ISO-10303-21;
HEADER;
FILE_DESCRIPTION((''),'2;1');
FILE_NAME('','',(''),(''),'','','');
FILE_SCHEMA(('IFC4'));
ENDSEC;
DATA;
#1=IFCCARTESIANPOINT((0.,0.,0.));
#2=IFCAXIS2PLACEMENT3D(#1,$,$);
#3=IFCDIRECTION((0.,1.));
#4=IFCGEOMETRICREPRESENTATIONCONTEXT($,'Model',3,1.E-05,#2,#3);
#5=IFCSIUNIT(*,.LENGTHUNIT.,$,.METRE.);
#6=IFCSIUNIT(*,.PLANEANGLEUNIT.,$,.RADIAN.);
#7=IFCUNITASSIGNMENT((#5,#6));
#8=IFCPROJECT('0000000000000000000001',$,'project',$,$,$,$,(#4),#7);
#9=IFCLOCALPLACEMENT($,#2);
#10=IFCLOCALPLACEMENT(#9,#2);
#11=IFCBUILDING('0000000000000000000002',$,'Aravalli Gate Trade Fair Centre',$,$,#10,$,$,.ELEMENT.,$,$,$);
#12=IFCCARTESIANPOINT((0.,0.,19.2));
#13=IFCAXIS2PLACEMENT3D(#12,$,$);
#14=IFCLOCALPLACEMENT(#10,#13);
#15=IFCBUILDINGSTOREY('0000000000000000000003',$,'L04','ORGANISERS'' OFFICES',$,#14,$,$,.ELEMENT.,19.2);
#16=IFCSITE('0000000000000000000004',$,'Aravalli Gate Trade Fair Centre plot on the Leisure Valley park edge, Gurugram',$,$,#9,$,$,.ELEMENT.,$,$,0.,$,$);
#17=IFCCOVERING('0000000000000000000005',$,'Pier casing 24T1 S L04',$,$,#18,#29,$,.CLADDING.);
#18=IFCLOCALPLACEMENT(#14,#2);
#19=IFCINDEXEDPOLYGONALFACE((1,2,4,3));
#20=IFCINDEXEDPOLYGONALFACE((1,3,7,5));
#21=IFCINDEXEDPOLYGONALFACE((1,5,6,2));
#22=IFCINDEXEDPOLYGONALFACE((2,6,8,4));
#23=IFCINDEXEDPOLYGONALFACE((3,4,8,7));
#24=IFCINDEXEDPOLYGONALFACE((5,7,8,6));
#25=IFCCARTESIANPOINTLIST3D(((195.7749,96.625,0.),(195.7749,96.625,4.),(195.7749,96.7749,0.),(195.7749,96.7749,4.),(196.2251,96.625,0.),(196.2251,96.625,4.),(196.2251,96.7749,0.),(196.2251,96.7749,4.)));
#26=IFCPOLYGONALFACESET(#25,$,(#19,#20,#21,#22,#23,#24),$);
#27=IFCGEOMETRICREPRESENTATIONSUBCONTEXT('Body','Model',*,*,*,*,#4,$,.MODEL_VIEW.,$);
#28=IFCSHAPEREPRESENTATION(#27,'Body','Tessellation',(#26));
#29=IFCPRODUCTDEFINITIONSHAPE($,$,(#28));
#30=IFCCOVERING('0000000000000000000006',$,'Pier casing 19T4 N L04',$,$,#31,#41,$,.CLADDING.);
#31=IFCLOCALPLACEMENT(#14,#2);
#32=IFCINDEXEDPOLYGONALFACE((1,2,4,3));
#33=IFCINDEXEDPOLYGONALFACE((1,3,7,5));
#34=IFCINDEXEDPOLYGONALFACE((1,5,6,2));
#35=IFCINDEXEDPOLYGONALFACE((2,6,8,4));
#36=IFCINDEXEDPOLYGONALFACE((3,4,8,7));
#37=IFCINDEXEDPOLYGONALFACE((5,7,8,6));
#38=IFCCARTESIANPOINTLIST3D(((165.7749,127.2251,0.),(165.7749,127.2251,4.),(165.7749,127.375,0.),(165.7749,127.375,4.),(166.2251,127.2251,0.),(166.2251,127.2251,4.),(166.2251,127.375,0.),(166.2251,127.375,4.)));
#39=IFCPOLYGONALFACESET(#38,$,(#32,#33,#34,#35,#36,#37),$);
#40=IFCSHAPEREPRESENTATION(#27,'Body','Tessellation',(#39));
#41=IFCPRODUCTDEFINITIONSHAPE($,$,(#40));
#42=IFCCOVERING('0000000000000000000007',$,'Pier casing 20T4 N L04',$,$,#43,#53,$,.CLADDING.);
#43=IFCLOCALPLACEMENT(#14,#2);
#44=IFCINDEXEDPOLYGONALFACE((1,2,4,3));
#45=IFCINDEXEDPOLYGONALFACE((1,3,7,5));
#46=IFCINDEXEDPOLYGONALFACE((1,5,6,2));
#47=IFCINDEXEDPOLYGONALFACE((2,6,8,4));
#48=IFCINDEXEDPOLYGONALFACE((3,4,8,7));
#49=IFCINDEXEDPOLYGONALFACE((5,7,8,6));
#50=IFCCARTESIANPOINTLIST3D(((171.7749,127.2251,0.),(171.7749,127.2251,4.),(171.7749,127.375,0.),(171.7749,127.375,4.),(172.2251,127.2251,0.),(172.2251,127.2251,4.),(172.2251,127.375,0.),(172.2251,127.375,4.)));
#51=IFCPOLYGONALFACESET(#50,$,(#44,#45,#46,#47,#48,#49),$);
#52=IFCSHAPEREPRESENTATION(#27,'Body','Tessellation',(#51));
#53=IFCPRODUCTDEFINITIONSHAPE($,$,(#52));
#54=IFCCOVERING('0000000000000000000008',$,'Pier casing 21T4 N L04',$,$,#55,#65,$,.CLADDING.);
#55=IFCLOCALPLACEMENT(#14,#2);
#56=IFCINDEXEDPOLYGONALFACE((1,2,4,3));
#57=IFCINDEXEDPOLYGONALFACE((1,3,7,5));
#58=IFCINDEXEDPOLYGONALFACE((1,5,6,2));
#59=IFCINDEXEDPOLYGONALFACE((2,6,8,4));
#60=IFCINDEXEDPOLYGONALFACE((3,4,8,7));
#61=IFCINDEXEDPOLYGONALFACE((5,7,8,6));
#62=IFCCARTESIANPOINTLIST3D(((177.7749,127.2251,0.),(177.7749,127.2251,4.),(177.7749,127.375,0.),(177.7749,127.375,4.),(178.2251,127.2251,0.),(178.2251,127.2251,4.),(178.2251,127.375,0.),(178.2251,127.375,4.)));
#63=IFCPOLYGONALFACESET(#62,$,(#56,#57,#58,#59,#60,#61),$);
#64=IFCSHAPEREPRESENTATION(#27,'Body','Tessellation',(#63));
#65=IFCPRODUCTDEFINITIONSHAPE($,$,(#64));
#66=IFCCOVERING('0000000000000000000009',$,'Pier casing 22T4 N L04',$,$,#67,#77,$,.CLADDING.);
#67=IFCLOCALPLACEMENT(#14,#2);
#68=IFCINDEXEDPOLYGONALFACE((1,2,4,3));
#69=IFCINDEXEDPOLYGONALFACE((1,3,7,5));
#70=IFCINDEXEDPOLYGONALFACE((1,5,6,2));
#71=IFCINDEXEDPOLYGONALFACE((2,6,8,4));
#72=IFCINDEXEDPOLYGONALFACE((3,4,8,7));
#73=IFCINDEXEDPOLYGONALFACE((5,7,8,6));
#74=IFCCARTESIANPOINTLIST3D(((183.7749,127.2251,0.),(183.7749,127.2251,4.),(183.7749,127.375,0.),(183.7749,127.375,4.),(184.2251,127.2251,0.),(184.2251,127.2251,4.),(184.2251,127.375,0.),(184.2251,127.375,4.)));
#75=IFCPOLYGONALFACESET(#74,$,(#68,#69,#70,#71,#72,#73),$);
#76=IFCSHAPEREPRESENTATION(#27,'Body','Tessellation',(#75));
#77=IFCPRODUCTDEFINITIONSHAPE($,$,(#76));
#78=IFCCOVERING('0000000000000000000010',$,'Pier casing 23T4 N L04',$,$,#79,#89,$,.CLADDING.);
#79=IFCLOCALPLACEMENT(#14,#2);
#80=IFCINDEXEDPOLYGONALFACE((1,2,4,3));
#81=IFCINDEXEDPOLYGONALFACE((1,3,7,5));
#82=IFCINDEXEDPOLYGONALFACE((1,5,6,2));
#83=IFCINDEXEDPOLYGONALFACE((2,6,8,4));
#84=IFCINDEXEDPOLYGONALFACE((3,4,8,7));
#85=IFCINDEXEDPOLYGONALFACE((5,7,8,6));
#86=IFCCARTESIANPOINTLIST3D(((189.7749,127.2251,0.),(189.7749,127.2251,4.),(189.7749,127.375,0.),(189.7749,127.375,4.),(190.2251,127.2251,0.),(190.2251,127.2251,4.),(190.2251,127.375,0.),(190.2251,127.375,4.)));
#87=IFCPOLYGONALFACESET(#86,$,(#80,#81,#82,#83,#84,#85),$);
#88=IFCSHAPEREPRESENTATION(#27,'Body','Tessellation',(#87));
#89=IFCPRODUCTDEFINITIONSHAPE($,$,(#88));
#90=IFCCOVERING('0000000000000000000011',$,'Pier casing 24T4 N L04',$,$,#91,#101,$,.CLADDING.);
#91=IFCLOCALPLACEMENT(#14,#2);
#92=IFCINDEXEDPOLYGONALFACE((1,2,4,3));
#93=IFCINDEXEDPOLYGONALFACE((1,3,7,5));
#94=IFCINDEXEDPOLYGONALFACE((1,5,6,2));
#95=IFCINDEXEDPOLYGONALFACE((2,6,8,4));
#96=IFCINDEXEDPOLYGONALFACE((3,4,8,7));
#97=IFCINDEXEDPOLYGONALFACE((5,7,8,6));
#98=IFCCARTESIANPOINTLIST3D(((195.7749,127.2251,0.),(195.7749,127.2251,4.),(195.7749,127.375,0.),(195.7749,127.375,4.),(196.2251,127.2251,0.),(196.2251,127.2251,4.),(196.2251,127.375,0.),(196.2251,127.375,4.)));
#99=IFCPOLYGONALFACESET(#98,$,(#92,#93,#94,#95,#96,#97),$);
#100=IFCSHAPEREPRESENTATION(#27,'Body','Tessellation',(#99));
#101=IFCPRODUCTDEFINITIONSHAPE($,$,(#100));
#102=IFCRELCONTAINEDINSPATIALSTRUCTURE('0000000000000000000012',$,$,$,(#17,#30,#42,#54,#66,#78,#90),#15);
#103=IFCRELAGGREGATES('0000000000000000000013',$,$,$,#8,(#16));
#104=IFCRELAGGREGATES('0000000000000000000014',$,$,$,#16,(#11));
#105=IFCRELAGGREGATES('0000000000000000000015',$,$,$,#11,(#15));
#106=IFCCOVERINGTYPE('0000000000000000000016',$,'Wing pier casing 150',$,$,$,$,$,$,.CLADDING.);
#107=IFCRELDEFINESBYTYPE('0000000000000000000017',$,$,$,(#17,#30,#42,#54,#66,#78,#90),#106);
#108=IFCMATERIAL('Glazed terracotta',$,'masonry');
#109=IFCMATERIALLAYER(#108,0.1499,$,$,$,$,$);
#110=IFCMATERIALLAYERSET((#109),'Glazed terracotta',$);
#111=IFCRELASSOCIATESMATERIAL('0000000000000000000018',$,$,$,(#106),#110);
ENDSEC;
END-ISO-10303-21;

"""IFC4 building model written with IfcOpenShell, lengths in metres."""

from ifc_helpers import new_model, si_unit, direction, frame, origin, place, context, subcontext, project, spatial, polyline, outline, extrude, material, layer, layer_set, type_object, element, save


model = new_model("IFC4")

# Units and contexts
model_context = context("Model", 3, precision=1e-05, world=origin(), true_north=direction((0.0, 1.0)))
body_context = subcontext(model_context, "Body", "Model", "MODEL_VIEW")
ifc_project = project(units=[si_unit("LENGTHUNIT", "METRE"), si_unit("PLANEANGLEUNIT", "RADIAN")], contexts=[model_context])

# Site, building, storey
site_placement = place(None, origin())
site = spatial("IfcSite", under=ifc_project, at=site_placement, Name="Aravalli Gate Trade Fair Centre plot on the Leisure Valley park edge, Gurugram", CompositionType="ELEMENT", RefElevation=0.0)
building_placement = place(site_placement, origin())
building = spatial("IfcBuilding", under=site, at=building_placement, Name="Aravalli Gate Trade Fair Centre", CompositionType="ELEMENT")
storey_placement = place(building_placement, frame((0.0, 0.0, 19.2)))
storey = spatial("IfcBuildingStorey", under=building, at=storey_placement, Name="L04", Description="ORGANISERS' OFFICES", CompositionType="ELEMENT", Elevation=19.2)

# Coverings
ifc_material_1 = material(Name="Glazed terracotta", Category="masonry")
ifc_layer_1 = layer(ifc_material_1, 0.1499)
ifc_layer_set_1 = layer_set([ifc_layer_1], Name="Glazed terracotta")
covering_type_1 = type_object("IfcCoveringType", Name="Wing pier casing 150", PredefinedType="CLADDING", material=ifc_layer_set_1)
covering_1_placement = place(storey_placement, origin())
element("IfcCovering", 1, at=covering_1_placement, inside=storey, type_object=covering_type_1, Name="Pier casing 24T1 S L04", PredefinedType="CLADDING", context=body_context, shape_type="SweptSolid", body=[
    extrude(outline(polyline([(195.7749, 96.625), (196.2251, 96.625), (196.2251, 96.7749), (195.7749, 96.7749), (195.7749, 96.625)])), origin(), (0.0, 0.0, 1.0), 4.0),
])
covering_2_placement = place(storey_placement, origin())
element("IfcCovering", 2, at=covering_2_placement, inside=storey, type_object=covering_type_1, Name="Pier casing 19T4 N L04", PredefinedType="CLADDING", context=body_context, shape_type="SweptSolid", body=[
    extrude(outline(polyline([(165.7749, 127.2251), (166.2251, 127.2251), (166.2251, 127.375), (165.7749, 127.375), (165.7749, 127.2251)])), origin(), (0.0, 0.0, 1.0), 4.0),
])
covering_3_placement = place(storey_placement, origin())
element("IfcCovering", 3, at=covering_3_placement, inside=storey, type_object=covering_type_1, Name="Pier casing 20T4 N L04", PredefinedType="CLADDING", context=body_context, shape_type="SweptSolid", body=[
    extrude(outline(polyline([(171.7749, 127.2251), (172.2251, 127.2251), (172.2251, 127.375), (171.7749, 127.375), (171.7749, 127.2251)])), origin(), (0.0, 0.0, 1.0), 4.0),
])
covering_4_placement = place(storey_placement, origin())
element("IfcCovering", 4, at=covering_4_placement, inside=storey, type_object=covering_type_1, Name="Pier casing 21T4 N L04", PredefinedType="CLADDING", context=body_context, shape_type="SweptSolid", body=[
    extrude(outline(polyline([(177.7749, 127.2251), (178.2251, 127.2251), (178.2251, 127.375), (177.7749, 127.375), (177.7749, 127.2251)])), origin(), (0.0, 0.0, 1.0), 4.0),
])
covering_5_placement = place(storey_placement, origin())
element("IfcCovering", 5, at=covering_5_placement, inside=storey, type_object=covering_type_1, Name="Pier casing 22T4 N L04", PredefinedType="CLADDING", context=body_context, shape_type="SweptSolid", body=[
    extrude(outline(polyline([(183.7749, 127.2251), (184.2251, 127.2251), (184.2251, 127.375), (183.7749, 127.375), (183.7749, 127.2251)])), origin(), (0.0, 0.0, 1.0), 4.0),
])
covering_6_placement = place(storey_placement, origin())
element("IfcCovering", 6, at=covering_6_placement, inside=storey, type_object=covering_type_1, Name="Pier casing 23T4 N L04", PredefinedType="CLADDING", context=body_context, shape_type="SweptSolid", body=[
    extrude(outline(polyline([(189.7749, 127.2251), (190.2251, 127.2251), (190.2251, 127.375), (189.7749, 127.375), (189.7749, 127.2251)])), origin(), (0.0, 0.0, 1.0), 4.0),
])
covering_7_placement = place(storey_placement, origin())
element("IfcCovering", 7, at=covering_7_placement, inside=storey, type_object=covering_type_1, Name="Pier casing 24T4 N L04", PredefinedType="CLADDING", context=body_context, shape_type="SweptSolid", body=[
    extrude(outline(polyline([(195.7749, 127.2251), (196.2251, 127.2251), (196.2251, 127.375), (195.7749, 127.375), (195.7749, 127.2251)])), origin(), (0.0, 0.0, 1.0), 4.0),
])

save(model, "model.ifc")
